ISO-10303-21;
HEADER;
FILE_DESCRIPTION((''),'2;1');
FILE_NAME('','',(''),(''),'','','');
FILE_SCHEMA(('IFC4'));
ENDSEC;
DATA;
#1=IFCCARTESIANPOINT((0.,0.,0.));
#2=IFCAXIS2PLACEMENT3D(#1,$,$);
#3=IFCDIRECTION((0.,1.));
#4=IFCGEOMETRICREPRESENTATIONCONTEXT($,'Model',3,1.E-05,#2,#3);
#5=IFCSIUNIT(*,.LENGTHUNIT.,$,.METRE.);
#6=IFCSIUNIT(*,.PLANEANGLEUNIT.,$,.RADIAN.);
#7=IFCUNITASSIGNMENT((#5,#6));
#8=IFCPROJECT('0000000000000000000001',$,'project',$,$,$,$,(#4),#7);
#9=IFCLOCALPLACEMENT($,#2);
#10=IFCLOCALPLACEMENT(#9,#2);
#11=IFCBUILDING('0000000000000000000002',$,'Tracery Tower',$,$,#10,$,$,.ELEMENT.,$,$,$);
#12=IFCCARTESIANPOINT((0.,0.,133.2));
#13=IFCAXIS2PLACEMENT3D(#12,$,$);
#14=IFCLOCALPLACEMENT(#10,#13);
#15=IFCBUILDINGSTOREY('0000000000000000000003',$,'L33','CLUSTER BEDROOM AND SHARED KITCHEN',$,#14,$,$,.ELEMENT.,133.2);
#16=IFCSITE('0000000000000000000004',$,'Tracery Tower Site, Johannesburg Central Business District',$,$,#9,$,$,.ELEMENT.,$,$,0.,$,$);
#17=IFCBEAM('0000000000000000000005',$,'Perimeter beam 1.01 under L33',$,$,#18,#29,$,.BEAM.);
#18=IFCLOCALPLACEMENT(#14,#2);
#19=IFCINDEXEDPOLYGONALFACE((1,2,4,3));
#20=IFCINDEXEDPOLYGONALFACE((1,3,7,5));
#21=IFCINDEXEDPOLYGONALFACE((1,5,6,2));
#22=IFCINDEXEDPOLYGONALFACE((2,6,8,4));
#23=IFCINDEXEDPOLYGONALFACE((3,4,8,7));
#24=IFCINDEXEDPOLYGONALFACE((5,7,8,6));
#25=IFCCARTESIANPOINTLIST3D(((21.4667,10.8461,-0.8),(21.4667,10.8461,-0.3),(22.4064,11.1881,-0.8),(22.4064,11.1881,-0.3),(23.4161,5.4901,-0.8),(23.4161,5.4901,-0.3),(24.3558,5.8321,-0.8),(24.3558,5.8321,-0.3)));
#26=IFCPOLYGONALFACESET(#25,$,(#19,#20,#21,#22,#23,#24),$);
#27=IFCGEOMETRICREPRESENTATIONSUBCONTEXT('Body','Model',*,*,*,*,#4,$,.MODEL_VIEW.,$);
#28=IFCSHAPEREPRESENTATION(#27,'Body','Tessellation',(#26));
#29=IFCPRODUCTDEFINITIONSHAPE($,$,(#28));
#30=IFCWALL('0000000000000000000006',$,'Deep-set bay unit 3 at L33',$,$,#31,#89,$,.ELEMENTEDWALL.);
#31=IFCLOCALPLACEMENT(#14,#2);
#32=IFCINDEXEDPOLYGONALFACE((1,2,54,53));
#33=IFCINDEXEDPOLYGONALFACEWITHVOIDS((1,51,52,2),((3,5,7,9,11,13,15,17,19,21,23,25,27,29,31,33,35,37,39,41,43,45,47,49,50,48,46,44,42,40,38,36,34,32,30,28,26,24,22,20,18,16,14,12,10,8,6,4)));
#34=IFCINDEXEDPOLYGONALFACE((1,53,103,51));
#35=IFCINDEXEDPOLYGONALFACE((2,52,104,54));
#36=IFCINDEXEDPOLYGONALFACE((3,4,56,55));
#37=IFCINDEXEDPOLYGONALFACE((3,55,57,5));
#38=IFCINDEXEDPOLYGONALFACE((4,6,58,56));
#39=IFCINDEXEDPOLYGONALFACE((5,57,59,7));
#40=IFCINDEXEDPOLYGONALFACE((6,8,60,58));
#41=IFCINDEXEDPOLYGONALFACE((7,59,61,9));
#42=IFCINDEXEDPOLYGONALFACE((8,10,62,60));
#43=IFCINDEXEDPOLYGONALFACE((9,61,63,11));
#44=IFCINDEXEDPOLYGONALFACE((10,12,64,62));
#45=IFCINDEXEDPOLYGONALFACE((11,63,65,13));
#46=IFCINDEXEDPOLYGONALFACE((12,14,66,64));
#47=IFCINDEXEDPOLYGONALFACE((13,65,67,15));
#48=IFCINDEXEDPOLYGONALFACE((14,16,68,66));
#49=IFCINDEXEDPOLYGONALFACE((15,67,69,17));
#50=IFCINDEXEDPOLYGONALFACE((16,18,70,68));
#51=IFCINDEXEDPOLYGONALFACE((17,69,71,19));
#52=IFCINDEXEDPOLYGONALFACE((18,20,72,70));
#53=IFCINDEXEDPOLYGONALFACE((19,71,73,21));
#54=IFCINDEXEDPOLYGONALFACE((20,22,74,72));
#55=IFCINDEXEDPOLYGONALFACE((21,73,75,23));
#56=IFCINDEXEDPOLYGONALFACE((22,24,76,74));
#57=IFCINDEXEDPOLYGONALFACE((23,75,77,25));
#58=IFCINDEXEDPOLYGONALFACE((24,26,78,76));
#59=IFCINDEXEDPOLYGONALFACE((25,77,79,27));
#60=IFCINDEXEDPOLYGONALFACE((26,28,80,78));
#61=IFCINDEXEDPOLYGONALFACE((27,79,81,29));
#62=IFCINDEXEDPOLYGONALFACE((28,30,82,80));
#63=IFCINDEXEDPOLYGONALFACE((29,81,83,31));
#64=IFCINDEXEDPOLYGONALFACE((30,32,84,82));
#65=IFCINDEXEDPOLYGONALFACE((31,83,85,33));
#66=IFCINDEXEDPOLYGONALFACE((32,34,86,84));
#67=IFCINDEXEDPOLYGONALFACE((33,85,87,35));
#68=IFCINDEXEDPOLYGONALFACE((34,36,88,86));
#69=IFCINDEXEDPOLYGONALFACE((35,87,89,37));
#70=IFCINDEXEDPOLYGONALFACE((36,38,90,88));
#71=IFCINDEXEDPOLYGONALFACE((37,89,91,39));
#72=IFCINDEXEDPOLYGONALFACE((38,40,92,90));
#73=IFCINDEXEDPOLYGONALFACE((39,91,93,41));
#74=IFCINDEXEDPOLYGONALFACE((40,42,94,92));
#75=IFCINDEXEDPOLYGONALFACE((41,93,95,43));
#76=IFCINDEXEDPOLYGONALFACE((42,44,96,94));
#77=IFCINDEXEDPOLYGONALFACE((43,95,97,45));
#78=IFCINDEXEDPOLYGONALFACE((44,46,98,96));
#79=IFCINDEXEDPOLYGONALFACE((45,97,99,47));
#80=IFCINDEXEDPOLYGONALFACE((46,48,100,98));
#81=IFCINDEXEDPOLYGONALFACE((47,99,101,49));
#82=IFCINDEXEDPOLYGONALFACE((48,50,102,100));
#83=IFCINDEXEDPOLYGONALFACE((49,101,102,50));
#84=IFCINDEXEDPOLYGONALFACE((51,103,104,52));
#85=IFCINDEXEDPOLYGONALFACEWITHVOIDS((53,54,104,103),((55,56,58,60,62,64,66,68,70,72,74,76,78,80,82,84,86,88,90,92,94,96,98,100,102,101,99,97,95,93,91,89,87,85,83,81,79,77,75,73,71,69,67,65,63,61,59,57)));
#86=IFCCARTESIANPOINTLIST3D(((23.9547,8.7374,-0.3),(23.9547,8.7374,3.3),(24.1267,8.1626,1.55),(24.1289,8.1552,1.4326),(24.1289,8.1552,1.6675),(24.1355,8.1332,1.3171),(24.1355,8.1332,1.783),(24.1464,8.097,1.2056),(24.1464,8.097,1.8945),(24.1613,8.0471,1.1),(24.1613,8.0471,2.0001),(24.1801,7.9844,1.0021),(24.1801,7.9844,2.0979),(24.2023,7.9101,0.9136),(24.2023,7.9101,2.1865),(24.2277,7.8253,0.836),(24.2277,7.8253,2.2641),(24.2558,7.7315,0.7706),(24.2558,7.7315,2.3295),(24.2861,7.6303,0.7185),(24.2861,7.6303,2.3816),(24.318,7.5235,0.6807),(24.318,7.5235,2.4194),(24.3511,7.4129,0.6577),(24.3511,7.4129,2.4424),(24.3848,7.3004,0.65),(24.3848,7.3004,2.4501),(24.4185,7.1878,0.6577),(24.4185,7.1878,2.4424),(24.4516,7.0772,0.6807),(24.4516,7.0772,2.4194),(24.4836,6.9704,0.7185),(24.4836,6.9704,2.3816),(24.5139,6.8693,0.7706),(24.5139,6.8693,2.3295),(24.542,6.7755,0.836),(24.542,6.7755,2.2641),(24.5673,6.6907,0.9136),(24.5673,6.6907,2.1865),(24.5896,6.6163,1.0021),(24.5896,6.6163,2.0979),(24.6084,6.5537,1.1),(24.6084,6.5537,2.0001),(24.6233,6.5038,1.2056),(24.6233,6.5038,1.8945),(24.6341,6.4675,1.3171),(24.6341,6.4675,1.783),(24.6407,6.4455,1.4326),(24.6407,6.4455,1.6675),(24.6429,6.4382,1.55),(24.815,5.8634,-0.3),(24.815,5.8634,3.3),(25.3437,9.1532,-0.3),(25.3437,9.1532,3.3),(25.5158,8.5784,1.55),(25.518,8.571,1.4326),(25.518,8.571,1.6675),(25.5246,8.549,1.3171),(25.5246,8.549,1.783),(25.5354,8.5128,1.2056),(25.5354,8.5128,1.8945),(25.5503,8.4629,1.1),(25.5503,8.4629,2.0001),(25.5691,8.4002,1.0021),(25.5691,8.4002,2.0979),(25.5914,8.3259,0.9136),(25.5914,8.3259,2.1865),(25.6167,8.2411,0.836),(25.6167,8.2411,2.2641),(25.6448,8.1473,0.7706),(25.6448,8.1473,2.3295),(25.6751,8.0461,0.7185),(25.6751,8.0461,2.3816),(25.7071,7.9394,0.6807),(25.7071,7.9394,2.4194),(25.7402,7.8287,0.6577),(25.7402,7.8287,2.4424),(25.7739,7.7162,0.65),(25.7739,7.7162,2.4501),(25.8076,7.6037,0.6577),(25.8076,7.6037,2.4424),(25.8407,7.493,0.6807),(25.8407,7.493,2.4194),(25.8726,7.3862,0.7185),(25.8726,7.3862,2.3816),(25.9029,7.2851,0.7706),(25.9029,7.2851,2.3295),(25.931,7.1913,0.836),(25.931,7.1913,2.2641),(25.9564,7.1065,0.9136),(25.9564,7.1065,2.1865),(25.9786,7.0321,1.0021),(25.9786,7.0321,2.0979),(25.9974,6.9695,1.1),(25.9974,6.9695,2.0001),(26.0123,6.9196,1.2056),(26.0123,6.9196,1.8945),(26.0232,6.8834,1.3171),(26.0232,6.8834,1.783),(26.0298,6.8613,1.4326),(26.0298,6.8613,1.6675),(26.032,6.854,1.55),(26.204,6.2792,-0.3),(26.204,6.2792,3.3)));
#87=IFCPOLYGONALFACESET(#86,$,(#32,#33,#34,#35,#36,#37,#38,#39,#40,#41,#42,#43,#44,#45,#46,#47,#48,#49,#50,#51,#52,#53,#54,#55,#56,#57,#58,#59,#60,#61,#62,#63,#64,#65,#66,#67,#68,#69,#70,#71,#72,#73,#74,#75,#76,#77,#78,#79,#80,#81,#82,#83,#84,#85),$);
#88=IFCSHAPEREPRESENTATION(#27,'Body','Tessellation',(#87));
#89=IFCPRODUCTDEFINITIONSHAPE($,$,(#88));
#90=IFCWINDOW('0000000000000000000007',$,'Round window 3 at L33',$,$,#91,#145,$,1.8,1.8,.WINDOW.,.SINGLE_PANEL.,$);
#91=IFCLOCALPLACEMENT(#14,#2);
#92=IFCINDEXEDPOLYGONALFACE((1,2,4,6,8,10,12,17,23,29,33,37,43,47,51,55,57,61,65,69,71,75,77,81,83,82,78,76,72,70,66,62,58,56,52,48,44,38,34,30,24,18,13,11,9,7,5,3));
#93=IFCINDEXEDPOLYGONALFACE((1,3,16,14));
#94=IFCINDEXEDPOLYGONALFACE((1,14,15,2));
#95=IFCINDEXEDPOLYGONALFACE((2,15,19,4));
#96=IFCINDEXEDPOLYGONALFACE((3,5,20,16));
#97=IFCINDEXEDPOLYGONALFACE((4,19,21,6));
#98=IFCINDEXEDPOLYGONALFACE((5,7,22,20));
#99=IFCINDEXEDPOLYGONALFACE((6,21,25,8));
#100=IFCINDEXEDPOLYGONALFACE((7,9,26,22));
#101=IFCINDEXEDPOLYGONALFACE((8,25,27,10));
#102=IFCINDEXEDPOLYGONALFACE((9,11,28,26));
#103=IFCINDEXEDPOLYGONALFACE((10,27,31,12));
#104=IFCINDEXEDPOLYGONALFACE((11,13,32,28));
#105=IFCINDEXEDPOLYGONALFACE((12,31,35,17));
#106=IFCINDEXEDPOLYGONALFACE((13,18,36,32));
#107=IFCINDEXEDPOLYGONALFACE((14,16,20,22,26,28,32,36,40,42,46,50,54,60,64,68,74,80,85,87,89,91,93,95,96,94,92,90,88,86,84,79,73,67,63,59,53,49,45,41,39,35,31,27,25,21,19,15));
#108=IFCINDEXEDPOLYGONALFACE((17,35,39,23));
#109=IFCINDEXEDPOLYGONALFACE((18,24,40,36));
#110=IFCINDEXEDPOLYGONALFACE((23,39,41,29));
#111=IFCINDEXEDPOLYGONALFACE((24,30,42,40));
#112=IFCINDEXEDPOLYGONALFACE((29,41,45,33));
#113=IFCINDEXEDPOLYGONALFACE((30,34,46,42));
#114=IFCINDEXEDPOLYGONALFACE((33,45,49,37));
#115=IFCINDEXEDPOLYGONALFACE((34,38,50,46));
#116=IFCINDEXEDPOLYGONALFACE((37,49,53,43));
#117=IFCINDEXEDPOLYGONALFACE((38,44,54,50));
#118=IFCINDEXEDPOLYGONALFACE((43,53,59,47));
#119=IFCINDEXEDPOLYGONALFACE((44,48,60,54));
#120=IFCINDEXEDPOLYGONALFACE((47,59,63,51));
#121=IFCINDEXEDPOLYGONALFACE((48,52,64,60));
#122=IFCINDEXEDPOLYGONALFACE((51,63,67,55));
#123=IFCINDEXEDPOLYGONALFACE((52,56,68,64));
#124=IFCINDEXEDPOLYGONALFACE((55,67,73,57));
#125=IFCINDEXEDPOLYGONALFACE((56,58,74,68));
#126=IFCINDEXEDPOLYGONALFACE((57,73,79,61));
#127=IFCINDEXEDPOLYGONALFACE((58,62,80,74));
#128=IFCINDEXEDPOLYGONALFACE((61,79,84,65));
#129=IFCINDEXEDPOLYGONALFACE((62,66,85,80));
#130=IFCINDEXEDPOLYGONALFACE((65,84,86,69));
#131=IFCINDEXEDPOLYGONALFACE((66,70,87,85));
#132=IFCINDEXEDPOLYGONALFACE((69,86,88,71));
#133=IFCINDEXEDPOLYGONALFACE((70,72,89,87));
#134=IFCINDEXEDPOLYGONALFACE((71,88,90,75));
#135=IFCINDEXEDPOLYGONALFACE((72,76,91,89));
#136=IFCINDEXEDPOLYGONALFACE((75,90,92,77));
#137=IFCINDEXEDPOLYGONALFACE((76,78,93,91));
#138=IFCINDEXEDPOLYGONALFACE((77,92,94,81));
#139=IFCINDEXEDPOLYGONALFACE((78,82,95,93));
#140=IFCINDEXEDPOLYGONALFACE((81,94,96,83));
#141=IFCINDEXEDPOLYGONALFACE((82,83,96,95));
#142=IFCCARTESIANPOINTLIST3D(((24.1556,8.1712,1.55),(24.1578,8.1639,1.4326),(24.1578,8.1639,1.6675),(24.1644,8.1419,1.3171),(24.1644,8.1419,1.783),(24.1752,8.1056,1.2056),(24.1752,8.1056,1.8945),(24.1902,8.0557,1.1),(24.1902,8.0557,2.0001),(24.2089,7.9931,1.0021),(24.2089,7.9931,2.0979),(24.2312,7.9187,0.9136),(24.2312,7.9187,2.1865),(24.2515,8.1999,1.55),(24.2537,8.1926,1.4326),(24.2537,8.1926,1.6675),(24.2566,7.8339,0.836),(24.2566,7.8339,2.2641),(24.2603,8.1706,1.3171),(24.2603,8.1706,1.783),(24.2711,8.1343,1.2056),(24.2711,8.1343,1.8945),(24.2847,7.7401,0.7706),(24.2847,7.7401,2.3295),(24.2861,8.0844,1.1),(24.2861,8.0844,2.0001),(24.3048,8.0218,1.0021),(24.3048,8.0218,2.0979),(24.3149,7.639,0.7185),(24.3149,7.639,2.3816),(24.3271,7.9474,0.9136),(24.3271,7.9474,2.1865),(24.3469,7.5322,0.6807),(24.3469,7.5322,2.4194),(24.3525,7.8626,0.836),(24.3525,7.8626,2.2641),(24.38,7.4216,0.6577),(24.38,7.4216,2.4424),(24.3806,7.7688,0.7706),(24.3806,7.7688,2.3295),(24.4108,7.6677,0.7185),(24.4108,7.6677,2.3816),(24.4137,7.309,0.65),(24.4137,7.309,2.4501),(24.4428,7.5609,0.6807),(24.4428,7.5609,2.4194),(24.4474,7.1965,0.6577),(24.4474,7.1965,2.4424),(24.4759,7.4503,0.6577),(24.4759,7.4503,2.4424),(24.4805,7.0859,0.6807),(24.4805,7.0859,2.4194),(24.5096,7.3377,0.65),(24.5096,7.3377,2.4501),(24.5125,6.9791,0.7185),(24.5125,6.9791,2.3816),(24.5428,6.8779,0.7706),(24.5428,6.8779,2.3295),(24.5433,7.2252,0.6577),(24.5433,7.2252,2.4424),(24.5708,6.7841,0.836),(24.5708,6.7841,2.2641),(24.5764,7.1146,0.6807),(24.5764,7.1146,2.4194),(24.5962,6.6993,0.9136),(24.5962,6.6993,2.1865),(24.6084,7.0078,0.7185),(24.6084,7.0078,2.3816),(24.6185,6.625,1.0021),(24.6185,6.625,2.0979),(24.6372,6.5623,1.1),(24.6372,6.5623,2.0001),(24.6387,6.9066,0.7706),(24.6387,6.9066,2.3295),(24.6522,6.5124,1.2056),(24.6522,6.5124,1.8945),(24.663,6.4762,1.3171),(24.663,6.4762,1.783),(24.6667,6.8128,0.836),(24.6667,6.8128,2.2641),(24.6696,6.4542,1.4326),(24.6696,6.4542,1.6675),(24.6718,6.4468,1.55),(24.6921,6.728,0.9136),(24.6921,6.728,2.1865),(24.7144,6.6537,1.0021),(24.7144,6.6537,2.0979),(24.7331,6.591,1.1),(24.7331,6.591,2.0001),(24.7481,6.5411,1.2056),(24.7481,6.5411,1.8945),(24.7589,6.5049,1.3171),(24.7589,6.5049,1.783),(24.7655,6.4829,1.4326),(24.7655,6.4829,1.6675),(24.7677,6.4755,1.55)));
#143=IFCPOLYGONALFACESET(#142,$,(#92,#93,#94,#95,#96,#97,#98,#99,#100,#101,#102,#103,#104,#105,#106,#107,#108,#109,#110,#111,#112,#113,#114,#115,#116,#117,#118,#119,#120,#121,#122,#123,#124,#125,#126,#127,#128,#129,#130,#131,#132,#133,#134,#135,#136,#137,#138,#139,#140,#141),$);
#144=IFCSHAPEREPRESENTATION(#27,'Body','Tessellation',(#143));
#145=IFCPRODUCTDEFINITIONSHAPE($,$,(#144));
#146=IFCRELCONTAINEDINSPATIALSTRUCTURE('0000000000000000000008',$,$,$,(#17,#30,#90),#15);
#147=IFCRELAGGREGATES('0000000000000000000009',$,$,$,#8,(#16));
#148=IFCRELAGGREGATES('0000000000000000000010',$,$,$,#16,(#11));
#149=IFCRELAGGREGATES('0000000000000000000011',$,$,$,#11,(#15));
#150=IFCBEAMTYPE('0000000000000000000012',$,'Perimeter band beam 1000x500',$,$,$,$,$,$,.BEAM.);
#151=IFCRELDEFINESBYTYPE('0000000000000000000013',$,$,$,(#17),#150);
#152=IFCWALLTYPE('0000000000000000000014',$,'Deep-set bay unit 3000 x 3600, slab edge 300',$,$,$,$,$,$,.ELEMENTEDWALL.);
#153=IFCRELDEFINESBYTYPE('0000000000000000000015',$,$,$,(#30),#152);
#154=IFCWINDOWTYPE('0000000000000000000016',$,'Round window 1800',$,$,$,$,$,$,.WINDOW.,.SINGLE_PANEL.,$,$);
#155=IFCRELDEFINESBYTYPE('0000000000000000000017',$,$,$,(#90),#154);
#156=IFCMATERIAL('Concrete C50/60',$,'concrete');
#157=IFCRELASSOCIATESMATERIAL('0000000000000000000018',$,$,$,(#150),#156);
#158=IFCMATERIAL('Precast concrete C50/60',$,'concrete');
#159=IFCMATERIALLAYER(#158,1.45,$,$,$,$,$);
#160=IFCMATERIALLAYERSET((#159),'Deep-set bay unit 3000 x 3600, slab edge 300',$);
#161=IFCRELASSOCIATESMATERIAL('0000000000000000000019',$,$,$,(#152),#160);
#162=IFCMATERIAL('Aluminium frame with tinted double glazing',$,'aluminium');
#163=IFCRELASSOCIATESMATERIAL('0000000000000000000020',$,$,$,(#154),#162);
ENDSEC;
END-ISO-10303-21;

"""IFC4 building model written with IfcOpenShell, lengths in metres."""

from ifc_helpers import new_model, si_unit, direction, frame, frame_2d, origin, origin_2d, place, context, subcontext, project, spatial, rectangle, circle, extrude, material, layer, layer_set, material_profile, profile_set, type_object, element, fill, save


model = new_model("IFC4")

# Units and contexts
model_context = context("Model", 3, precision=1e-05, world=origin(), true_north=direction((0.0, 1.0)))
body_context = subcontext(model_context, "Body", "Model", "MODEL_VIEW")
ifc_project = project(units=[si_unit("LENGTHUNIT", "METRE"), si_unit("PLANEANGLEUNIT", "RADIAN")], contexts=[model_context])

# Site, building, storey
site_placement = place(None, origin())
site = spatial("IfcSite", under=ifc_project, at=site_placement, Name="Tracery Tower Site, Johannesburg Central Business District", CompositionType="ELEMENT", RefElevation=0.0)
building_placement = place(site_placement, origin())
building = spatial("IfcBuilding", under=site, at=building_placement, Name="Tracery Tower", CompositionType="ELEMENT")
storey_placement = place(building_placement, frame((0.0, 0.0, 133.2)))
storey = spatial("IfcBuildingStorey", under=building, at=storey_placement, Name="L33", Description="CLUSTER BEDROOM AND SHARED KITCHEN", CompositionType="ELEMENT", Elevation=133.2)

# Beam
ifc_material_1 = material(Name="Concrete C50/60", Category="concrete")
ifc_material_profile_1 = material_profile(ifc_material_1, rectangle(XDim=1.0, YDim=0.5, at=origin_2d()), Name="RC 1000x500")
ifc_profile_set_1 = profile_set([ifc_material_profile_1], Name="Concrete C50/60")
beam_type = type_object("IfcBeamType", Name="Perimeter band beam 1000x500", PredefinedType="BEAM", material=ifc_profile_set_1)
beam_placement = place(storey_placement, frame((23.886, 5.6611, -0.55), z_axis=(-0.342029, 0.93969, 0.0), x_axis=(-0.93969, -0.342029, 0.0)))
element("IfcBeam", 1, at=beam_placement, inside=storey, type_object=beam_type, Name="Perimeter beam 1.01 under L33", PredefinedType="BEAM", context=body_context, shape_type="SweptSolid", body=[
    extrude(rectangle(XDim=1.0, YDim=0.5, at=origin_2d()), origin(), (0.0, 0.0, 1.0), 5.6997),
])

# Wall, opening, window
ifc_material_2 = material(Name="Precast concrete C50/60", Category="concrete")
ifc_layer_1 = layer(ifc_material_2, 1.45)
ifc_layer_set_1 = layer_set([ifc_layer_1], Name="Deep-set bay unit 3000 x 3600, slab edge 300")
wall_type_1 = type_object("IfcWallType", Name="Deep-set bay unit 3000 x 3600, slab edge 300", PredefinedType="ELEMENTEDWALL", material=ifc_layer_set_1)
wall_1_placement = place(storey_placement, frame((25.5095, 6.0713, -0.3), z_axis=(0.0, 0.0, 1.0), x_axis=(-0.28678, 0.957996, 0.0)))
wall_1 = element("IfcWall", 2, at=wall_1_placement, inside=storey, type_object=wall_type_1, Name="Deep-set bay unit 3 at L33", PredefinedType="ELEMENTEDWALL", context=body_context, shape_type="SweptSolid", body=[
    extrude(rectangle(XDim=3.0, YDim=1.45, at=frame_2d((1.5, 0.0))), origin(), (0.0, 0.0, 1.0), 3.6001),
])
opening_1_placement = place(wall_1_placement, frame((1.5, 0.0, 1.8501)))
opening_1 = element("IfcOpeningElement", 3, at=opening_1_placement, cuts=wall_1, PredefinedType="OPENING", context=body_context, shape_type="SweptSolid", body=[
    extrude(circle(Radius=0.9, at=origin_2d()), frame((0.0, 0.7349, 0.0), z_axis=(0.0, -1.0, 0.0), x_axis=(1.0, 0.0, 0.0)), (0.0, 0.0, 1.0), 1.47),
])
ifc_material_3 = material(Name="Aluminium frame with tinted double glazing", Category="aluminium")
window_type = type_object("IfcWindowType", Name="Round window 1800", PartitioningType="SINGLE_PANEL", PredefinedType="WINDOW", material=ifc_material_3)
window_1_placement = place(opening_1_placement, origin())
window_1 = element("IfcWindow", 4, at=window_1_placement, inside=storey, type_object=window_type, Name="Round window 3 at L33", OverallHeight=1.8, OverallWidth=1.8, PartitioningType="SINGLE_PANEL", PredefinedType="WINDOW", context=body_context, shape_type="SweptSolid", body=[
    extrude(circle(Radius=0.9, at=origin_2d()), frame((0.0, 0.6948, 0.0), z_axis=(0.0, -1.0, 0.0), x_axis=(1.0, 0.0, 0.0)), (0.0, 0.0, 1.0), 0.1001),
])
fill(opening_1, window_1)

save(model, "model.ifc")
